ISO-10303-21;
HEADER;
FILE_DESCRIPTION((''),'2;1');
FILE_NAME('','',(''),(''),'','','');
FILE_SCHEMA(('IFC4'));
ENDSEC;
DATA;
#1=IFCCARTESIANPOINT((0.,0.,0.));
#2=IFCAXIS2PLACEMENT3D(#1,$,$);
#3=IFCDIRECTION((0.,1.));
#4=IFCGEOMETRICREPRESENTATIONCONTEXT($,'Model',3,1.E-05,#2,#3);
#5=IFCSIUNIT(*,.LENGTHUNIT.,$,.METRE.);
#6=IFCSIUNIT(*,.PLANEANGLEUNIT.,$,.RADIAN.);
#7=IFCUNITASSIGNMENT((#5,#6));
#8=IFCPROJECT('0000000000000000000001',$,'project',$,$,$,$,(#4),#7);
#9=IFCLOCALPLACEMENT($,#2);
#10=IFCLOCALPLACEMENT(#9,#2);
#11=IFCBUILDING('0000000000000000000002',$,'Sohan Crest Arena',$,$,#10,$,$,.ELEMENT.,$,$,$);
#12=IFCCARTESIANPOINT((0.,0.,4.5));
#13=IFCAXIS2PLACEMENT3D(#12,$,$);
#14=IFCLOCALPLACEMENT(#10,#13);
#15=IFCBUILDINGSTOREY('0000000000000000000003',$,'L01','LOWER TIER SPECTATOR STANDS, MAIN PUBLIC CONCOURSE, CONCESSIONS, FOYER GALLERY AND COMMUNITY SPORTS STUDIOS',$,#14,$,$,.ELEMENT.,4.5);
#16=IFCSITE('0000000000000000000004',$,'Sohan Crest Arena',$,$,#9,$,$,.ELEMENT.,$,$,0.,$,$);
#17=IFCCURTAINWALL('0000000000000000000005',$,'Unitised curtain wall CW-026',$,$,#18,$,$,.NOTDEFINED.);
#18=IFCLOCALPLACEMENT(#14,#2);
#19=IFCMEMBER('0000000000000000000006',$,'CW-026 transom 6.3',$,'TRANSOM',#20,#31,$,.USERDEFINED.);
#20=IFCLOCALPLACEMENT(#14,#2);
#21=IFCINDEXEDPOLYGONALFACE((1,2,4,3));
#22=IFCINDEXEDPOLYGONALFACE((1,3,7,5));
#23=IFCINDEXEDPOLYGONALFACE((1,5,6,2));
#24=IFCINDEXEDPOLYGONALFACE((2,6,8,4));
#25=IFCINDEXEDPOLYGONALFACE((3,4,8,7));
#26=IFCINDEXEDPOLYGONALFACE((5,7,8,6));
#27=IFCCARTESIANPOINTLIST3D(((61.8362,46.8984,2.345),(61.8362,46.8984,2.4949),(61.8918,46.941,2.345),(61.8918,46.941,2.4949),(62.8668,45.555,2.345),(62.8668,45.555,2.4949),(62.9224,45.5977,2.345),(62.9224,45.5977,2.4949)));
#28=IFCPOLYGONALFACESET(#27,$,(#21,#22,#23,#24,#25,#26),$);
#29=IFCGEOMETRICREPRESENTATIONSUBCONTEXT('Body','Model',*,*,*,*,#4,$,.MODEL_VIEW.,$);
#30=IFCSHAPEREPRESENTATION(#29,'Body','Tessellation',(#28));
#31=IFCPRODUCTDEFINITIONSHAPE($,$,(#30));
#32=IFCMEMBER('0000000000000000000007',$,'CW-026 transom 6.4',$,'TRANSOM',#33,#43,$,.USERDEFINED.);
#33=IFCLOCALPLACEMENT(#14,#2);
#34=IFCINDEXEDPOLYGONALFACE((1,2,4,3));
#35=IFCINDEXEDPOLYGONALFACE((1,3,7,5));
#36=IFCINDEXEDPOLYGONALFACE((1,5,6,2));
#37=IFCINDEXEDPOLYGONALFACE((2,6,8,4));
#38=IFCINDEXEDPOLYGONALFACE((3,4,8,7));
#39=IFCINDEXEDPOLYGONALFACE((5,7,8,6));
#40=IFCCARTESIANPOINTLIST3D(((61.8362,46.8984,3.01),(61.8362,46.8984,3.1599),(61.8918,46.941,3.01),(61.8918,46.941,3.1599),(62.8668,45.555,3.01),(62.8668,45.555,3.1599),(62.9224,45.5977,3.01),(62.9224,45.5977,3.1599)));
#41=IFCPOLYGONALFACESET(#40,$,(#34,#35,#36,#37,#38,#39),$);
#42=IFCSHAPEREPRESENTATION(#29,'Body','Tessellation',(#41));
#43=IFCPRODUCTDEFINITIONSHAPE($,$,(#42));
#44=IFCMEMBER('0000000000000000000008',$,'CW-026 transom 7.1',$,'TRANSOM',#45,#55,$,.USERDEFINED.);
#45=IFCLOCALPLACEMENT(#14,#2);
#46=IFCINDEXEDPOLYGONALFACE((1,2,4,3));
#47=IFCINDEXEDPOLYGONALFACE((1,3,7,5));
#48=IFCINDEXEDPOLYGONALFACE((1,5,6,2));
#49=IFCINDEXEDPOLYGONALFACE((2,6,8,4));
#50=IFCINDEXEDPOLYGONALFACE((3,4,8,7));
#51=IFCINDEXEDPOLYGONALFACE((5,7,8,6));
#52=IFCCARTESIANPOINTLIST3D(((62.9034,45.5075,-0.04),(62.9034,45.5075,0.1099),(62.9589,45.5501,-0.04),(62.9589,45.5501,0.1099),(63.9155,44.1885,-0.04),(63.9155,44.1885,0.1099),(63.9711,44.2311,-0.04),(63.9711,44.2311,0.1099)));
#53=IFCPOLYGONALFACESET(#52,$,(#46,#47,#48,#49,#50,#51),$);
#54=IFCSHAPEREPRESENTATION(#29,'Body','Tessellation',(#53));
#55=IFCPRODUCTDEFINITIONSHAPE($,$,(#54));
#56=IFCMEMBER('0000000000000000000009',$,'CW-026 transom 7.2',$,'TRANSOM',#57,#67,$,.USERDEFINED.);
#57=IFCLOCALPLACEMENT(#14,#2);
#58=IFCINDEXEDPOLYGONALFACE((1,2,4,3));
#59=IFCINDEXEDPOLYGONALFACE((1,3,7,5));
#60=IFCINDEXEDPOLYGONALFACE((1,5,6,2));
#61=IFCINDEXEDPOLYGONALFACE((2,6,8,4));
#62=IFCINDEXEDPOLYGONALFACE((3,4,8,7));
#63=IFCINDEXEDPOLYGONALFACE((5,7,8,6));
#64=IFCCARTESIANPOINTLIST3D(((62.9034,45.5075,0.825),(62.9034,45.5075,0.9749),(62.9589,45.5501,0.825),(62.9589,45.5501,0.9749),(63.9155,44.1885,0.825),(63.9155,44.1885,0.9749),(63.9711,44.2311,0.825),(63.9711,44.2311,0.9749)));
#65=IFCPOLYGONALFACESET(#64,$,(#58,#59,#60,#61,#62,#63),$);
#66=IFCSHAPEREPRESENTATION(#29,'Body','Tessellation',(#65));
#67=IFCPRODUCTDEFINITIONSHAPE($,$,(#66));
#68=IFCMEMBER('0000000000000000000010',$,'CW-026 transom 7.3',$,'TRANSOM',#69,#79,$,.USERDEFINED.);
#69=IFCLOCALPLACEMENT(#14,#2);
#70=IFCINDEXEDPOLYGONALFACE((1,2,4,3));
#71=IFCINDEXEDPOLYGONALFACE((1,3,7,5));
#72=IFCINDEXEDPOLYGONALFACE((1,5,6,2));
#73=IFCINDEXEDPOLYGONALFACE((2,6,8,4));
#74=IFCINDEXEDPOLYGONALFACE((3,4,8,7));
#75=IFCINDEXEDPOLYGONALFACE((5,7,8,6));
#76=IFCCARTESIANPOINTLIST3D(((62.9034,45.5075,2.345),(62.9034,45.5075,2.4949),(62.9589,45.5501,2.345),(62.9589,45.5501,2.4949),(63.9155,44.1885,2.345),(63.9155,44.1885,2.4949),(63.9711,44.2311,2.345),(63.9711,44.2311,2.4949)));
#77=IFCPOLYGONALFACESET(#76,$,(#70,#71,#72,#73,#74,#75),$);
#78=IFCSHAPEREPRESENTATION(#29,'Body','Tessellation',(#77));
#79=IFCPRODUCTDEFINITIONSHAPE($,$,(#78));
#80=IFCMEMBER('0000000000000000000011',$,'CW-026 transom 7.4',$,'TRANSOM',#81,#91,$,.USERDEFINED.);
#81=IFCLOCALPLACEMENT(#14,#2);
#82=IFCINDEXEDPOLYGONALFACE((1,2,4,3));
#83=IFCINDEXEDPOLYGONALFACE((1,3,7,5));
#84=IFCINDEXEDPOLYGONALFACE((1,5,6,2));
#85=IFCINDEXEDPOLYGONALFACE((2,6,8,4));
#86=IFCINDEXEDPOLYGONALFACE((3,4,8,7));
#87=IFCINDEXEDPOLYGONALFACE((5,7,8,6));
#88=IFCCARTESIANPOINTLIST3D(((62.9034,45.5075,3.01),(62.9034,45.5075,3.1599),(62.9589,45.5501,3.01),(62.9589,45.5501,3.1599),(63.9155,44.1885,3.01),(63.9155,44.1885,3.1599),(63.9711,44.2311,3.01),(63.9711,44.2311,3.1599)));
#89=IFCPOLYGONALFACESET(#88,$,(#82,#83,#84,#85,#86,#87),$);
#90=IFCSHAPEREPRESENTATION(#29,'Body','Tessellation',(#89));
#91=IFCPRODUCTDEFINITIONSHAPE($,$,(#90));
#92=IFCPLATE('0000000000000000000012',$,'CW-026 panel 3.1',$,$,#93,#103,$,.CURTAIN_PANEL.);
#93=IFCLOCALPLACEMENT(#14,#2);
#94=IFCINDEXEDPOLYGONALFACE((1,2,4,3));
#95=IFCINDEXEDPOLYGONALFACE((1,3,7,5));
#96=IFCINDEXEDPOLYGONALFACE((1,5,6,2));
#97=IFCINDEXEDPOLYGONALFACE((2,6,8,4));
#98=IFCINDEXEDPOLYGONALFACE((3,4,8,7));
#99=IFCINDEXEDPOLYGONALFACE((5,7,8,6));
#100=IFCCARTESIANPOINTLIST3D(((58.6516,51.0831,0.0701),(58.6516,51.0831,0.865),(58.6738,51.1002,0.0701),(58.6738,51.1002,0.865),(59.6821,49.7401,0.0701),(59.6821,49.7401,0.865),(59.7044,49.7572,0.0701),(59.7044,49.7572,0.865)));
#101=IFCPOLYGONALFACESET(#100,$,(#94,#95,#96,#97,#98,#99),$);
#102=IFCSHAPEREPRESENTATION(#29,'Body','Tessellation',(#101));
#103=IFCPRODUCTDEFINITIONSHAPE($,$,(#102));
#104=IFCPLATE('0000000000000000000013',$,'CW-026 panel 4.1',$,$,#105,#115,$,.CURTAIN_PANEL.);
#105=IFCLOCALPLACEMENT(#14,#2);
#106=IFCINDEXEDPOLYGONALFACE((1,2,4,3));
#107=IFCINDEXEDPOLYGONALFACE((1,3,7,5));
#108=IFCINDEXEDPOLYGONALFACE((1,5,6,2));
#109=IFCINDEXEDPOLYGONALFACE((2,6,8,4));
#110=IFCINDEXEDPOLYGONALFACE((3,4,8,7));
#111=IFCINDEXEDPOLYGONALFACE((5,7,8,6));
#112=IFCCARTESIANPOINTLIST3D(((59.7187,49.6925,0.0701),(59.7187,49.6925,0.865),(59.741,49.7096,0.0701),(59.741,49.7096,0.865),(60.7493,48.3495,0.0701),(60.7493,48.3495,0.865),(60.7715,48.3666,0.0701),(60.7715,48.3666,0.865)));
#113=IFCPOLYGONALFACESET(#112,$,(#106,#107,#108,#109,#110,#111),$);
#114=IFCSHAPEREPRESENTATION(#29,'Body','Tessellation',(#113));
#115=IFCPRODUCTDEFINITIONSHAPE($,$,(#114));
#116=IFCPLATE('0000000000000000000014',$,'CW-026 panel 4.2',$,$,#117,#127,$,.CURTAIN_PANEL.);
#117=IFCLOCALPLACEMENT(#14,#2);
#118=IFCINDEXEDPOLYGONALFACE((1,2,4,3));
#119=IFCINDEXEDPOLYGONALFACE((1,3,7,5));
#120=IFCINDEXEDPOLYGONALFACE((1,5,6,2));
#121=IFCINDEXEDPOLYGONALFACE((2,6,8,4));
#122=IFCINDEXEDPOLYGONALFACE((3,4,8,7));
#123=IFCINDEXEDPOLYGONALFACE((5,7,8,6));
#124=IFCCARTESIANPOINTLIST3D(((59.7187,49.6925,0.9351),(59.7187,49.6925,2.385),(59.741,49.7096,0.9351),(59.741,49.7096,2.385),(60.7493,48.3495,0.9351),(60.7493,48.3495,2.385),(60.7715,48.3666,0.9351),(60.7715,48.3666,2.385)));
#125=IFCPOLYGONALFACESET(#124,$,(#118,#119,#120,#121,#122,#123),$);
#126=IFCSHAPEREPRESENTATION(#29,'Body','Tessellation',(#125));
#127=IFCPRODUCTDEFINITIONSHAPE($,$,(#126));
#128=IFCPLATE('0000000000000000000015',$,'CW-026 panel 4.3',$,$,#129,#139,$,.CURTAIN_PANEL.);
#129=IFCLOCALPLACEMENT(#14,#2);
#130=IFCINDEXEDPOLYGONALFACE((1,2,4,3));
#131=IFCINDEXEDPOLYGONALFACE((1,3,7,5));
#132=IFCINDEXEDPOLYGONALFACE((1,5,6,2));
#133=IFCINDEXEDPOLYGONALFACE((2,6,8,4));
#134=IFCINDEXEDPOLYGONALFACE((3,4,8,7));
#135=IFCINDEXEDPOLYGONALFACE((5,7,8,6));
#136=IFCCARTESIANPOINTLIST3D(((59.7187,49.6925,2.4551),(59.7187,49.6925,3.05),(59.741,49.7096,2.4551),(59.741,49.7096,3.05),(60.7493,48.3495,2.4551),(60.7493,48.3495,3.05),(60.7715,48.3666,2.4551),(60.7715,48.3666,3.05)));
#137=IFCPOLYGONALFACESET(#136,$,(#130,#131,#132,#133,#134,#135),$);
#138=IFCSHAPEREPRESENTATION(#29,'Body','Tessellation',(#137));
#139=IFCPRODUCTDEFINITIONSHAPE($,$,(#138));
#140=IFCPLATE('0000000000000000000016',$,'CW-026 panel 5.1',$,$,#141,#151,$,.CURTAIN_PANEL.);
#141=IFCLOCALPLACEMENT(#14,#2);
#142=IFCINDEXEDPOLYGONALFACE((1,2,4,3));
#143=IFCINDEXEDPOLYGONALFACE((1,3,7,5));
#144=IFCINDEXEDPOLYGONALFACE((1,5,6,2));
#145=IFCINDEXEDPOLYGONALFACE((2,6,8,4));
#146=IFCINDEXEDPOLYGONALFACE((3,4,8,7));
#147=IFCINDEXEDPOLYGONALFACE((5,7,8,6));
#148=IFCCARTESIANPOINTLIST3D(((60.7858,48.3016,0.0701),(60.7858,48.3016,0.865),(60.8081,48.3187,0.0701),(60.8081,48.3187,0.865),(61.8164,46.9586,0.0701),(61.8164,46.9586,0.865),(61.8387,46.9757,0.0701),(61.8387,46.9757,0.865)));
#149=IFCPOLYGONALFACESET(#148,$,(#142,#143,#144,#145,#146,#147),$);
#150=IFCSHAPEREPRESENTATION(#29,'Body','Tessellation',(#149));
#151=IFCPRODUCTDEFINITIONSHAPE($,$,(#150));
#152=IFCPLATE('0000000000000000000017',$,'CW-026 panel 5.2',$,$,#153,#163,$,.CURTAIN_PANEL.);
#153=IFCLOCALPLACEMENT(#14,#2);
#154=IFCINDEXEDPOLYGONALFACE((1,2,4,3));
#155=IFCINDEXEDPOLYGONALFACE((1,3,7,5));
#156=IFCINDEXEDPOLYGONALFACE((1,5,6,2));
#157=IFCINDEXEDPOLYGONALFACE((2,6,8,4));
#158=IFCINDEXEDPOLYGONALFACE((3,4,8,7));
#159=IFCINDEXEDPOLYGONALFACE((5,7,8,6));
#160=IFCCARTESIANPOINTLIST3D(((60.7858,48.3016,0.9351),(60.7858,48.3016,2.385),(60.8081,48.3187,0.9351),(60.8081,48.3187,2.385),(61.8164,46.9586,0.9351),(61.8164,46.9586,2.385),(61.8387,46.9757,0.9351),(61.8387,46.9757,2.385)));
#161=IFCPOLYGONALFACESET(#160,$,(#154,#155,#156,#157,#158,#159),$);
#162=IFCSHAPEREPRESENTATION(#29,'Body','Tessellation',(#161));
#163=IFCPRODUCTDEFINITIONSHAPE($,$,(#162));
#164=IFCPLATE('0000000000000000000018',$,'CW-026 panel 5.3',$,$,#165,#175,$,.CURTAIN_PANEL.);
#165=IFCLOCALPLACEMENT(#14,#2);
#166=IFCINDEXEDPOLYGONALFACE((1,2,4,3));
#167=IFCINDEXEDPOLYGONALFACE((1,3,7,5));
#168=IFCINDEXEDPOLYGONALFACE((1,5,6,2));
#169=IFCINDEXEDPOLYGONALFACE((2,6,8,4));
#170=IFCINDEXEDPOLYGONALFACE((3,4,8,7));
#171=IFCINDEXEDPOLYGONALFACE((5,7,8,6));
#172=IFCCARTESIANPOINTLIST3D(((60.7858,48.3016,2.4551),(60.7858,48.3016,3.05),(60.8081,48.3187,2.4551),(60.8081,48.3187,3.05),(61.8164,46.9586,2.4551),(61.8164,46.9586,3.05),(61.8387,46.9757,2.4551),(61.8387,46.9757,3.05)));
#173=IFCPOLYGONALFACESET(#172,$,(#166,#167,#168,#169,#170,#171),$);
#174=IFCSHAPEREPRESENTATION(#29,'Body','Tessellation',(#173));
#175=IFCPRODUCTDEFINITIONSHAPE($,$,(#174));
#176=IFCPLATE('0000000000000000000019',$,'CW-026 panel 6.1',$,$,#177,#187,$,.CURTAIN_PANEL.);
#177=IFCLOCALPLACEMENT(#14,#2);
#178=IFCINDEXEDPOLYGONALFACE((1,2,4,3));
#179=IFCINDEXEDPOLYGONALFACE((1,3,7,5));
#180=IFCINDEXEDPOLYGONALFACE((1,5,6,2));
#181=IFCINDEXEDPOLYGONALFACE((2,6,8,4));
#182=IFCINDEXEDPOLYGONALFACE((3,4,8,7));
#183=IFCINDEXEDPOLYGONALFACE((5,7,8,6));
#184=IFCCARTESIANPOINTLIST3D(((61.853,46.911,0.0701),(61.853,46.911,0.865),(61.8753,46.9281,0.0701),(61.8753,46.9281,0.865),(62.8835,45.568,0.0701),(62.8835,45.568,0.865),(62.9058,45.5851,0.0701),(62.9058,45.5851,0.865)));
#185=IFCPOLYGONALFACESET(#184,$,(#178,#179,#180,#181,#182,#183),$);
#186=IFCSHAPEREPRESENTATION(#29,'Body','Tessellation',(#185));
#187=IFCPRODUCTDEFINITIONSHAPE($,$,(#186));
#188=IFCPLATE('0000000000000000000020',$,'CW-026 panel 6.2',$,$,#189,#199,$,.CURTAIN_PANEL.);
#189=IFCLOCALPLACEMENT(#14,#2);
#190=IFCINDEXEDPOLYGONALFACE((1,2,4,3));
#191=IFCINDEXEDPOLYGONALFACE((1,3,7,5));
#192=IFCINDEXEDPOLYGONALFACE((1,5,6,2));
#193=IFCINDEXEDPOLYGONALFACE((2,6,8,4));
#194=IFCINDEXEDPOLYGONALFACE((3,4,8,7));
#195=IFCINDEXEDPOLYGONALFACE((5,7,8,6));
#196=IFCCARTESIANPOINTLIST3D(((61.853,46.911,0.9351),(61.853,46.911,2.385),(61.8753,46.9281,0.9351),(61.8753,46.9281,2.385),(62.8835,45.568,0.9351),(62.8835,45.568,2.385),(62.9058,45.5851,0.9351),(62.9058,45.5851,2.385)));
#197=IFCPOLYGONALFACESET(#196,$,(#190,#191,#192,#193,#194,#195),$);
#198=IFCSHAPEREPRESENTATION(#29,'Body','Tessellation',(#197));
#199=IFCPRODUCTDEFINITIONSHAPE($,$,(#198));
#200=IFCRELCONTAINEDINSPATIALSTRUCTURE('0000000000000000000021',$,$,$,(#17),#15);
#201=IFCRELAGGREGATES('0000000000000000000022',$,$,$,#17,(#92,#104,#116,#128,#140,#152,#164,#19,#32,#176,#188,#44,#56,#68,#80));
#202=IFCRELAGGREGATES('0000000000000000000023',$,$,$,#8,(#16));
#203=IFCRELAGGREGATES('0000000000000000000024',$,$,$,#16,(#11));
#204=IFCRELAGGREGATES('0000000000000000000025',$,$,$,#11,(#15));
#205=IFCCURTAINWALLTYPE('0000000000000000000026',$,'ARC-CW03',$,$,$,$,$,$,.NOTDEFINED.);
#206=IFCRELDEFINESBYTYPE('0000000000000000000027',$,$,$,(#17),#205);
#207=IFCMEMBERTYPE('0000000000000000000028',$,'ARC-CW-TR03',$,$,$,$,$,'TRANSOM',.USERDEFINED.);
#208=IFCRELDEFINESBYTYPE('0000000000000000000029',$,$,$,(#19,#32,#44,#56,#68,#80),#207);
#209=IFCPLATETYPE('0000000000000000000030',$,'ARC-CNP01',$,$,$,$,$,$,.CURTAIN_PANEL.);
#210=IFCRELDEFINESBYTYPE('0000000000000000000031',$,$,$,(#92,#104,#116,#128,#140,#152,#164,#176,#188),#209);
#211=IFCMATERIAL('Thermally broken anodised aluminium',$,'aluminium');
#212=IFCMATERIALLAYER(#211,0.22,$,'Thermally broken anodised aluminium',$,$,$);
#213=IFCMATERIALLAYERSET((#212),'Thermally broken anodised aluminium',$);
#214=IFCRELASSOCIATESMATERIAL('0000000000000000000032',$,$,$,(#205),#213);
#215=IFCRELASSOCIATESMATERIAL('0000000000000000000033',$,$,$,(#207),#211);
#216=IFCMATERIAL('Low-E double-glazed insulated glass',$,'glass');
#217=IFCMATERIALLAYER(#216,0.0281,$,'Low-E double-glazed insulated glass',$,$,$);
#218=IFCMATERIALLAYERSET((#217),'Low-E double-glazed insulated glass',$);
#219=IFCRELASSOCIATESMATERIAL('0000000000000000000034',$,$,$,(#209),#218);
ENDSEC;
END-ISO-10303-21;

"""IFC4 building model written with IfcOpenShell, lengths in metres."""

from ifc_helpers import new_model, si_unit, direction, frame, origin, origin_2d, place, context, subcontext, project, spatial, rectangle, extrude, material, layer, layer_set, material_profile, profile_set, type_object, element, aggregate, save


model = new_model("IFC4")

# Units and contexts
model_context = context("Model", 3, precision=1e-05, world=origin(), true_north=direction((0.0, 1.0)))
body_context = subcontext(model_context, "Body", "Model", "MODEL_VIEW")
ifc_project = project(units=[si_unit("LENGTHUNIT", "METRE"), si_unit("PLANEANGLEUNIT", "RADIAN")], contexts=[model_context])

# Site, building, storey
site_placement = place(None, origin())
site = spatial("IfcSite", under=ifc_project, at=site_placement, Name="Sohan Crest Arena", CompositionType="ELEMENT", RefElevation=0.0)
building_placement = place(site_placement, origin())
building = spatial("IfcBuilding", under=site, at=building_placement, Name="Sohan Crest Arena", CompositionType="ELEMENT")
storey_placement = place(building_placement, frame((0.0, 0.0, 4.5)))
storey = spatial("IfcBuildingStorey", under=building, at=storey_placement, Name="L01", Description="LOWER TIER SPECTATOR STANDS, MAIN PUBLIC CONCOURSE, CONCESSIONS, FOYER GALLERY AND COMMUNITY SPORTS STUDIOS", CompositionType="ELEMENT", Elevation=4.5)

# Curtain wall, members, plates
ifc_material_1 = material(Name="Thermally broken anodised aluminium", Category="aluminium")
ifc_layer_1 = layer(ifc_material_1, 0.22, Name="Thermally broken anodised aluminium")
ifc_layer_set_1 = layer_set([ifc_layer_1], Name="Thermally broken anodised aluminium")
curtain_wall_type = type_object("IfcCurtainWallType", Name="ARC-CW03", PredefinedType="NOTDEFINED", material=ifc_layer_set_1)
curtain_wall_placement = place(storey_placement, origin())
curtain_wall = element("IfcCurtainWall", 1, at=curtain_wall_placement, inside=storey, type_object=curtain_wall_type, Name="Unitised curtain wall CW-026", PredefinedType="NOTDEFINED")
ifc_material_profile_1 = material_profile(ifc_material_1, rectangle(XDim=0.0701, YDim=0.1499, at=origin_2d()), Name="ALU-TRAN 70x150")
ifc_profile_set_1 = profile_set([ifc_material_profile_1], Name="Thermally broken anodised aluminium")
member_type_1 = type_object("IfcMemberType", Name="ARC-CW-TR03", ElementType="TRANSOM", PredefinedType="USERDEFINED", material=ifc_profile_set_1)
member_1_placement = place(storey_placement, frame((61.864, 46.9197, 2.4199), z_axis=(0.608686, -0.793411, 0.0), x_axis=(0.793411, 0.608686, 0.0)))
member_1 = element("IfcMember", 2, at=member_1_placement, type_object=member_type_1, Name="CW-026 transom 6.3", ObjectType="TRANSOM", PredefinedType="USERDEFINED", context=body_context, shape_type="SweptSolid", body=[
    extrude(rectangle(XDim=0.0701, YDim=0.1499, at=origin_2d()), origin(), (0.0, 0.0, 1.0), 1.6931),
])
member_2_placement = place(storey_placement, frame((61.864, 46.9197, 3.085), z_axis=(0.608686, -0.793411, 0.0), x_axis=(0.793411, 0.608686, 0.0)))
member_2 = element("IfcMember", 3, at=member_2_placement, type_object=member_type_1, Name="CW-026 transom 6.4", ObjectType="TRANSOM", PredefinedType="USERDEFINED", context=body_context, shape_type="SweptSolid", body=[
    extrude(rectangle(XDim=0.0701, YDim=0.1499, at=origin_2d()), origin(), (0.0, 0.0, 1.0), 1.6931),
])
member_3_placement = place(storey_placement, frame((62.9312, 45.5288, 0.0349), z_axis=(0.608774, -0.793344, 0.0), x_axis=(0.793344, 0.608774, 0.0)))
member_3 = element("IfcMember", 4, at=member_3_placement, type_object=member_type_1, Name="CW-026 transom 7.1", ObjectType="TRANSOM", PredefinedType="USERDEFINED", context=body_context, shape_type="SweptSolid", body=[
    extrude(rectangle(XDim=0.0701, YDim=0.1499, at=origin_2d()), origin(), (0.0, 0.0, 1.0), 1.6626),
])
member_4_placement = place(storey_placement, frame((62.9312, 45.5288, 0.8999), z_axis=(0.608774, -0.793344, 0.0), x_axis=(0.793344, 0.608774, 0.0)))
member_4 = element("IfcMember", 5, at=member_4_placement, type_object=member_type_1, Name="CW-026 transom 7.2", ObjectType="TRANSOM", PredefinedType="USERDEFINED", context=body_context, shape_type="SweptSolid", body=[
    extrude(rectangle(XDim=0.0701, YDim=0.1499, at=origin_2d()), origin(), (0.0, 0.0, 1.0), 1.6626),
])
member_5_placement = place(storey_placement, frame((62.9312, 45.5288, 2.4199), z_axis=(0.608774, -0.793344, 0.0), x_axis=(0.793344, 0.608774, 0.0)))
member_5 = element("IfcMember", 6, at=member_5_placement, type_object=member_type_1, Name="CW-026 transom 7.3", ObjectType="TRANSOM", PredefinedType="USERDEFINED", context=body_context, shape_type="SweptSolid", body=[
    extrude(rectangle(XDim=0.0701, YDim=0.1499, at=origin_2d()), origin(), (0.0, 0.0, 1.0), 1.6626),
])
member_6_placement = place(storey_placement, frame((62.9312, 45.5288, 3.085), z_axis=(0.608774, -0.793344, 0.0), x_axis=(0.793344, 0.608774, 0.0)))
member_6 = element("IfcMember", 7, at=member_6_placement, type_object=member_type_1, Name="CW-026 transom 7.4", ObjectType="TRANSOM", PredefinedType="USERDEFINED", context=body_context, shape_type="SweptSolid", body=[
    extrude(rectangle(XDim=0.0701, YDim=0.1499, at=origin_2d()), origin(), (0.0, 0.0, 1.0), 1.6626),
])
ifc_material_2 = material(Name="Low-E double-glazed insulated glass", Category="glass")
ifc_layer_2 = layer(ifc_material_2, 0.0281, Name="Low-E double-glazed insulated glass")
ifc_layer_set_2 = layer_set([ifc_layer_2], Name="Low-E double-glazed insulated glass")
plate_type = type_object("IfcPlateType", Name="ARC-CNP01", PredefinedType="CURTAIN_PANEL", material=ifc_layer_set_2)
plate_1_placement = place(storey_placement, frame((59.178, 50.4202, 0.0701), z_axis=(0.0, 0.0, 1.0), x_axis=(0.608765, -0.793351, 0.0)))
plate_1 = element("IfcPlate", 8, at=plate_1_placement, type_object=plate_type, Name="CW-026 panel 3.1", PredefinedType="CURTAIN_PANEL", context=body_context, shape_type="SweptSolid", body=[
    extrude(rectangle(XDim=1.6929, YDim=0.0281, at=origin_2d()), origin(), (0.0, 0.0, 1.0), 0.7949),
])
plate_2_placement = place(storey_placement, frame((60.2451, 49.0295, 0.0701), z_axis=(0.0, 0.0, 1.0), x_axis=(0.608765, -0.793351, 0.0)))
plate_2 = element("IfcPlate", 9, at=plate_2_placement, type_object=plate_type, Name="CW-026 panel 4.1", PredefinedType="CURTAIN_PANEL", context=body_context, shape_type="SweptSolid", body=[
    extrude(rectangle(XDim=1.6929, YDim=0.0281, at=origin_2d()), origin(), (0.0, 0.0, 1.0), 0.7949),
])
plate_3_placement = place(storey_placement, frame((60.2451, 49.0295, 0.9351), z_axis=(0.0, 0.0, 1.0), x_axis=(0.608765, -0.793351, 0.0)))
plate_3 = element("IfcPlate", 10, at=plate_3_placement, type_object=plate_type, Name="CW-026 panel 4.2", PredefinedType="CURTAIN_PANEL", context=body_context, shape_type="SweptSolid", body=[
    extrude(rectangle(XDim=1.6929, YDim=0.0281, at=origin_2d()), origin(), (0.0, 0.0, 1.0), 1.45),
])
plate_4_placement = place(storey_placement, frame((60.2451, 49.0295, 2.4551), z_axis=(0.0, 0.0, 1.0), x_axis=(0.608765, -0.793351, 0.0)))
plate_4 = element("IfcPlate", 11, at=plate_4_placement, type_object=plate_type, Name="CW-026 panel 4.3", PredefinedType="CURTAIN_PANEL", context=body_context, shape_type="SweptSolid", body=[
    extrude(rectangle(XDim=1.6929, YDim=0.0281, at=origin_2d()), origin(), (0.0, 0.0, 1.0), 0.595),
])
plate_5_placement = place(storey_placement, frame((61.3123, 47.6387, 0.0701), z_axis=(0.0, 0.0, 1.0), x_axis=(0.608765, -0.793351, 0.0)))
plate_5 = element("IfcPlate", 12, at=plate_5_placement, type_object=plate_type, Name="CW-026 panel 5.1", PredefinedType="CURTAIN_PANEL", context=body_context, shape_type="SweptSolid", body=[
    extrude(rectangle(XDim=1.6929, YDim=0.0281, at=origin_2d()), origin(), (0.0, 0.0, 1.0), 0.7949),
])
plate_6_placement = place(storey_placement, frame((61.3123, 47.6387, 0.9351), z_axis=(0.0, 0.0, 1.0), x_axis=(0.608765, -0.793351, 0.0)))
plate_6 = element("IfcPlate", 13, at=plate_6_placement, type_object=plate_type, Name="CW-026 panel 5.2", PredefinedType="CURTAIN_PANEL", context=body_context, shape_type="SweptSolid", body=[
    extrude(rectangle(XDim=1.6929, YDim=0.0281, at=origin_2d()), origin(), (0.0, 0.0, 1.0), 1.45),
])
plate_7_placement = place(storey_placement, frame((61.3123, 47.6387, 2.4551), z_axis=(0.0, 0.0, 1.0), x_axis=(0.608765, -0.793351, 0.0)))
plate_7 = element("IfcPlate", 14, at=plate_7_placement, type_object=plate_type, Name="CW-026 panel 5.3", PredefinedType="CURTAIN_PANEL", context=body_context, shape_type="SweptSolid", body=[
    extrude(rectangle(XDim=1.6929, YDim=0.0281, at=origin_2d()), origin(), (0.0, 0.0, 1.0), 0.595),
])
plate_8_placement = place(storey_placement, frame((62.3794, 46.248, 0.0701), z_axis=(0.0, 0.0, 1.0), x_axis=(0.608765, -0.793351, 0.0)))
plate_8 = element("IfcPlate", 15, at=plate_8_placement, type_object=plate_type, Name="CW-026 panel 6.1", PredefinedType="CURTAIN_PANEL", context=body_context, shape_type="SweptSolid", body=[
    extrude(rectangle(XDim=1.6929, YDim=0.0281, at=origin_2d()), origin(), (0.0, 0.0, 1.0), 0.7949),
])
plate_9_placement = place(storey_placement, frame((62.3794, 46.248, 0.9351), z_axis=(0.0, 0.0, 1.0), x_axis=(0.608765, -0.793351, 0.0)))
plate_9 = element("IfcPlate", 16, at=plate_9_placement, type_object=plate_type, Name="CW-026 panel 6.2", PredefinedType="CURTAIN_PANEL", context=body_context, shape_type="SweptSolid", body=[
    extrude(rectangle(XDim=1.6929, YDim=0.0281, at=origin_2d()), origin(), (0.0, 0.0, 1.0), 1.45),
])
aggregate(curtain_wall, [plate_1, plate_2, plate_3, plate_4, plate_5, plate_6, plate_7, member_1, member_2, plate_8, plate_9, member_3, member_4, member_5, member_6])

save(model, "model.ifc")
